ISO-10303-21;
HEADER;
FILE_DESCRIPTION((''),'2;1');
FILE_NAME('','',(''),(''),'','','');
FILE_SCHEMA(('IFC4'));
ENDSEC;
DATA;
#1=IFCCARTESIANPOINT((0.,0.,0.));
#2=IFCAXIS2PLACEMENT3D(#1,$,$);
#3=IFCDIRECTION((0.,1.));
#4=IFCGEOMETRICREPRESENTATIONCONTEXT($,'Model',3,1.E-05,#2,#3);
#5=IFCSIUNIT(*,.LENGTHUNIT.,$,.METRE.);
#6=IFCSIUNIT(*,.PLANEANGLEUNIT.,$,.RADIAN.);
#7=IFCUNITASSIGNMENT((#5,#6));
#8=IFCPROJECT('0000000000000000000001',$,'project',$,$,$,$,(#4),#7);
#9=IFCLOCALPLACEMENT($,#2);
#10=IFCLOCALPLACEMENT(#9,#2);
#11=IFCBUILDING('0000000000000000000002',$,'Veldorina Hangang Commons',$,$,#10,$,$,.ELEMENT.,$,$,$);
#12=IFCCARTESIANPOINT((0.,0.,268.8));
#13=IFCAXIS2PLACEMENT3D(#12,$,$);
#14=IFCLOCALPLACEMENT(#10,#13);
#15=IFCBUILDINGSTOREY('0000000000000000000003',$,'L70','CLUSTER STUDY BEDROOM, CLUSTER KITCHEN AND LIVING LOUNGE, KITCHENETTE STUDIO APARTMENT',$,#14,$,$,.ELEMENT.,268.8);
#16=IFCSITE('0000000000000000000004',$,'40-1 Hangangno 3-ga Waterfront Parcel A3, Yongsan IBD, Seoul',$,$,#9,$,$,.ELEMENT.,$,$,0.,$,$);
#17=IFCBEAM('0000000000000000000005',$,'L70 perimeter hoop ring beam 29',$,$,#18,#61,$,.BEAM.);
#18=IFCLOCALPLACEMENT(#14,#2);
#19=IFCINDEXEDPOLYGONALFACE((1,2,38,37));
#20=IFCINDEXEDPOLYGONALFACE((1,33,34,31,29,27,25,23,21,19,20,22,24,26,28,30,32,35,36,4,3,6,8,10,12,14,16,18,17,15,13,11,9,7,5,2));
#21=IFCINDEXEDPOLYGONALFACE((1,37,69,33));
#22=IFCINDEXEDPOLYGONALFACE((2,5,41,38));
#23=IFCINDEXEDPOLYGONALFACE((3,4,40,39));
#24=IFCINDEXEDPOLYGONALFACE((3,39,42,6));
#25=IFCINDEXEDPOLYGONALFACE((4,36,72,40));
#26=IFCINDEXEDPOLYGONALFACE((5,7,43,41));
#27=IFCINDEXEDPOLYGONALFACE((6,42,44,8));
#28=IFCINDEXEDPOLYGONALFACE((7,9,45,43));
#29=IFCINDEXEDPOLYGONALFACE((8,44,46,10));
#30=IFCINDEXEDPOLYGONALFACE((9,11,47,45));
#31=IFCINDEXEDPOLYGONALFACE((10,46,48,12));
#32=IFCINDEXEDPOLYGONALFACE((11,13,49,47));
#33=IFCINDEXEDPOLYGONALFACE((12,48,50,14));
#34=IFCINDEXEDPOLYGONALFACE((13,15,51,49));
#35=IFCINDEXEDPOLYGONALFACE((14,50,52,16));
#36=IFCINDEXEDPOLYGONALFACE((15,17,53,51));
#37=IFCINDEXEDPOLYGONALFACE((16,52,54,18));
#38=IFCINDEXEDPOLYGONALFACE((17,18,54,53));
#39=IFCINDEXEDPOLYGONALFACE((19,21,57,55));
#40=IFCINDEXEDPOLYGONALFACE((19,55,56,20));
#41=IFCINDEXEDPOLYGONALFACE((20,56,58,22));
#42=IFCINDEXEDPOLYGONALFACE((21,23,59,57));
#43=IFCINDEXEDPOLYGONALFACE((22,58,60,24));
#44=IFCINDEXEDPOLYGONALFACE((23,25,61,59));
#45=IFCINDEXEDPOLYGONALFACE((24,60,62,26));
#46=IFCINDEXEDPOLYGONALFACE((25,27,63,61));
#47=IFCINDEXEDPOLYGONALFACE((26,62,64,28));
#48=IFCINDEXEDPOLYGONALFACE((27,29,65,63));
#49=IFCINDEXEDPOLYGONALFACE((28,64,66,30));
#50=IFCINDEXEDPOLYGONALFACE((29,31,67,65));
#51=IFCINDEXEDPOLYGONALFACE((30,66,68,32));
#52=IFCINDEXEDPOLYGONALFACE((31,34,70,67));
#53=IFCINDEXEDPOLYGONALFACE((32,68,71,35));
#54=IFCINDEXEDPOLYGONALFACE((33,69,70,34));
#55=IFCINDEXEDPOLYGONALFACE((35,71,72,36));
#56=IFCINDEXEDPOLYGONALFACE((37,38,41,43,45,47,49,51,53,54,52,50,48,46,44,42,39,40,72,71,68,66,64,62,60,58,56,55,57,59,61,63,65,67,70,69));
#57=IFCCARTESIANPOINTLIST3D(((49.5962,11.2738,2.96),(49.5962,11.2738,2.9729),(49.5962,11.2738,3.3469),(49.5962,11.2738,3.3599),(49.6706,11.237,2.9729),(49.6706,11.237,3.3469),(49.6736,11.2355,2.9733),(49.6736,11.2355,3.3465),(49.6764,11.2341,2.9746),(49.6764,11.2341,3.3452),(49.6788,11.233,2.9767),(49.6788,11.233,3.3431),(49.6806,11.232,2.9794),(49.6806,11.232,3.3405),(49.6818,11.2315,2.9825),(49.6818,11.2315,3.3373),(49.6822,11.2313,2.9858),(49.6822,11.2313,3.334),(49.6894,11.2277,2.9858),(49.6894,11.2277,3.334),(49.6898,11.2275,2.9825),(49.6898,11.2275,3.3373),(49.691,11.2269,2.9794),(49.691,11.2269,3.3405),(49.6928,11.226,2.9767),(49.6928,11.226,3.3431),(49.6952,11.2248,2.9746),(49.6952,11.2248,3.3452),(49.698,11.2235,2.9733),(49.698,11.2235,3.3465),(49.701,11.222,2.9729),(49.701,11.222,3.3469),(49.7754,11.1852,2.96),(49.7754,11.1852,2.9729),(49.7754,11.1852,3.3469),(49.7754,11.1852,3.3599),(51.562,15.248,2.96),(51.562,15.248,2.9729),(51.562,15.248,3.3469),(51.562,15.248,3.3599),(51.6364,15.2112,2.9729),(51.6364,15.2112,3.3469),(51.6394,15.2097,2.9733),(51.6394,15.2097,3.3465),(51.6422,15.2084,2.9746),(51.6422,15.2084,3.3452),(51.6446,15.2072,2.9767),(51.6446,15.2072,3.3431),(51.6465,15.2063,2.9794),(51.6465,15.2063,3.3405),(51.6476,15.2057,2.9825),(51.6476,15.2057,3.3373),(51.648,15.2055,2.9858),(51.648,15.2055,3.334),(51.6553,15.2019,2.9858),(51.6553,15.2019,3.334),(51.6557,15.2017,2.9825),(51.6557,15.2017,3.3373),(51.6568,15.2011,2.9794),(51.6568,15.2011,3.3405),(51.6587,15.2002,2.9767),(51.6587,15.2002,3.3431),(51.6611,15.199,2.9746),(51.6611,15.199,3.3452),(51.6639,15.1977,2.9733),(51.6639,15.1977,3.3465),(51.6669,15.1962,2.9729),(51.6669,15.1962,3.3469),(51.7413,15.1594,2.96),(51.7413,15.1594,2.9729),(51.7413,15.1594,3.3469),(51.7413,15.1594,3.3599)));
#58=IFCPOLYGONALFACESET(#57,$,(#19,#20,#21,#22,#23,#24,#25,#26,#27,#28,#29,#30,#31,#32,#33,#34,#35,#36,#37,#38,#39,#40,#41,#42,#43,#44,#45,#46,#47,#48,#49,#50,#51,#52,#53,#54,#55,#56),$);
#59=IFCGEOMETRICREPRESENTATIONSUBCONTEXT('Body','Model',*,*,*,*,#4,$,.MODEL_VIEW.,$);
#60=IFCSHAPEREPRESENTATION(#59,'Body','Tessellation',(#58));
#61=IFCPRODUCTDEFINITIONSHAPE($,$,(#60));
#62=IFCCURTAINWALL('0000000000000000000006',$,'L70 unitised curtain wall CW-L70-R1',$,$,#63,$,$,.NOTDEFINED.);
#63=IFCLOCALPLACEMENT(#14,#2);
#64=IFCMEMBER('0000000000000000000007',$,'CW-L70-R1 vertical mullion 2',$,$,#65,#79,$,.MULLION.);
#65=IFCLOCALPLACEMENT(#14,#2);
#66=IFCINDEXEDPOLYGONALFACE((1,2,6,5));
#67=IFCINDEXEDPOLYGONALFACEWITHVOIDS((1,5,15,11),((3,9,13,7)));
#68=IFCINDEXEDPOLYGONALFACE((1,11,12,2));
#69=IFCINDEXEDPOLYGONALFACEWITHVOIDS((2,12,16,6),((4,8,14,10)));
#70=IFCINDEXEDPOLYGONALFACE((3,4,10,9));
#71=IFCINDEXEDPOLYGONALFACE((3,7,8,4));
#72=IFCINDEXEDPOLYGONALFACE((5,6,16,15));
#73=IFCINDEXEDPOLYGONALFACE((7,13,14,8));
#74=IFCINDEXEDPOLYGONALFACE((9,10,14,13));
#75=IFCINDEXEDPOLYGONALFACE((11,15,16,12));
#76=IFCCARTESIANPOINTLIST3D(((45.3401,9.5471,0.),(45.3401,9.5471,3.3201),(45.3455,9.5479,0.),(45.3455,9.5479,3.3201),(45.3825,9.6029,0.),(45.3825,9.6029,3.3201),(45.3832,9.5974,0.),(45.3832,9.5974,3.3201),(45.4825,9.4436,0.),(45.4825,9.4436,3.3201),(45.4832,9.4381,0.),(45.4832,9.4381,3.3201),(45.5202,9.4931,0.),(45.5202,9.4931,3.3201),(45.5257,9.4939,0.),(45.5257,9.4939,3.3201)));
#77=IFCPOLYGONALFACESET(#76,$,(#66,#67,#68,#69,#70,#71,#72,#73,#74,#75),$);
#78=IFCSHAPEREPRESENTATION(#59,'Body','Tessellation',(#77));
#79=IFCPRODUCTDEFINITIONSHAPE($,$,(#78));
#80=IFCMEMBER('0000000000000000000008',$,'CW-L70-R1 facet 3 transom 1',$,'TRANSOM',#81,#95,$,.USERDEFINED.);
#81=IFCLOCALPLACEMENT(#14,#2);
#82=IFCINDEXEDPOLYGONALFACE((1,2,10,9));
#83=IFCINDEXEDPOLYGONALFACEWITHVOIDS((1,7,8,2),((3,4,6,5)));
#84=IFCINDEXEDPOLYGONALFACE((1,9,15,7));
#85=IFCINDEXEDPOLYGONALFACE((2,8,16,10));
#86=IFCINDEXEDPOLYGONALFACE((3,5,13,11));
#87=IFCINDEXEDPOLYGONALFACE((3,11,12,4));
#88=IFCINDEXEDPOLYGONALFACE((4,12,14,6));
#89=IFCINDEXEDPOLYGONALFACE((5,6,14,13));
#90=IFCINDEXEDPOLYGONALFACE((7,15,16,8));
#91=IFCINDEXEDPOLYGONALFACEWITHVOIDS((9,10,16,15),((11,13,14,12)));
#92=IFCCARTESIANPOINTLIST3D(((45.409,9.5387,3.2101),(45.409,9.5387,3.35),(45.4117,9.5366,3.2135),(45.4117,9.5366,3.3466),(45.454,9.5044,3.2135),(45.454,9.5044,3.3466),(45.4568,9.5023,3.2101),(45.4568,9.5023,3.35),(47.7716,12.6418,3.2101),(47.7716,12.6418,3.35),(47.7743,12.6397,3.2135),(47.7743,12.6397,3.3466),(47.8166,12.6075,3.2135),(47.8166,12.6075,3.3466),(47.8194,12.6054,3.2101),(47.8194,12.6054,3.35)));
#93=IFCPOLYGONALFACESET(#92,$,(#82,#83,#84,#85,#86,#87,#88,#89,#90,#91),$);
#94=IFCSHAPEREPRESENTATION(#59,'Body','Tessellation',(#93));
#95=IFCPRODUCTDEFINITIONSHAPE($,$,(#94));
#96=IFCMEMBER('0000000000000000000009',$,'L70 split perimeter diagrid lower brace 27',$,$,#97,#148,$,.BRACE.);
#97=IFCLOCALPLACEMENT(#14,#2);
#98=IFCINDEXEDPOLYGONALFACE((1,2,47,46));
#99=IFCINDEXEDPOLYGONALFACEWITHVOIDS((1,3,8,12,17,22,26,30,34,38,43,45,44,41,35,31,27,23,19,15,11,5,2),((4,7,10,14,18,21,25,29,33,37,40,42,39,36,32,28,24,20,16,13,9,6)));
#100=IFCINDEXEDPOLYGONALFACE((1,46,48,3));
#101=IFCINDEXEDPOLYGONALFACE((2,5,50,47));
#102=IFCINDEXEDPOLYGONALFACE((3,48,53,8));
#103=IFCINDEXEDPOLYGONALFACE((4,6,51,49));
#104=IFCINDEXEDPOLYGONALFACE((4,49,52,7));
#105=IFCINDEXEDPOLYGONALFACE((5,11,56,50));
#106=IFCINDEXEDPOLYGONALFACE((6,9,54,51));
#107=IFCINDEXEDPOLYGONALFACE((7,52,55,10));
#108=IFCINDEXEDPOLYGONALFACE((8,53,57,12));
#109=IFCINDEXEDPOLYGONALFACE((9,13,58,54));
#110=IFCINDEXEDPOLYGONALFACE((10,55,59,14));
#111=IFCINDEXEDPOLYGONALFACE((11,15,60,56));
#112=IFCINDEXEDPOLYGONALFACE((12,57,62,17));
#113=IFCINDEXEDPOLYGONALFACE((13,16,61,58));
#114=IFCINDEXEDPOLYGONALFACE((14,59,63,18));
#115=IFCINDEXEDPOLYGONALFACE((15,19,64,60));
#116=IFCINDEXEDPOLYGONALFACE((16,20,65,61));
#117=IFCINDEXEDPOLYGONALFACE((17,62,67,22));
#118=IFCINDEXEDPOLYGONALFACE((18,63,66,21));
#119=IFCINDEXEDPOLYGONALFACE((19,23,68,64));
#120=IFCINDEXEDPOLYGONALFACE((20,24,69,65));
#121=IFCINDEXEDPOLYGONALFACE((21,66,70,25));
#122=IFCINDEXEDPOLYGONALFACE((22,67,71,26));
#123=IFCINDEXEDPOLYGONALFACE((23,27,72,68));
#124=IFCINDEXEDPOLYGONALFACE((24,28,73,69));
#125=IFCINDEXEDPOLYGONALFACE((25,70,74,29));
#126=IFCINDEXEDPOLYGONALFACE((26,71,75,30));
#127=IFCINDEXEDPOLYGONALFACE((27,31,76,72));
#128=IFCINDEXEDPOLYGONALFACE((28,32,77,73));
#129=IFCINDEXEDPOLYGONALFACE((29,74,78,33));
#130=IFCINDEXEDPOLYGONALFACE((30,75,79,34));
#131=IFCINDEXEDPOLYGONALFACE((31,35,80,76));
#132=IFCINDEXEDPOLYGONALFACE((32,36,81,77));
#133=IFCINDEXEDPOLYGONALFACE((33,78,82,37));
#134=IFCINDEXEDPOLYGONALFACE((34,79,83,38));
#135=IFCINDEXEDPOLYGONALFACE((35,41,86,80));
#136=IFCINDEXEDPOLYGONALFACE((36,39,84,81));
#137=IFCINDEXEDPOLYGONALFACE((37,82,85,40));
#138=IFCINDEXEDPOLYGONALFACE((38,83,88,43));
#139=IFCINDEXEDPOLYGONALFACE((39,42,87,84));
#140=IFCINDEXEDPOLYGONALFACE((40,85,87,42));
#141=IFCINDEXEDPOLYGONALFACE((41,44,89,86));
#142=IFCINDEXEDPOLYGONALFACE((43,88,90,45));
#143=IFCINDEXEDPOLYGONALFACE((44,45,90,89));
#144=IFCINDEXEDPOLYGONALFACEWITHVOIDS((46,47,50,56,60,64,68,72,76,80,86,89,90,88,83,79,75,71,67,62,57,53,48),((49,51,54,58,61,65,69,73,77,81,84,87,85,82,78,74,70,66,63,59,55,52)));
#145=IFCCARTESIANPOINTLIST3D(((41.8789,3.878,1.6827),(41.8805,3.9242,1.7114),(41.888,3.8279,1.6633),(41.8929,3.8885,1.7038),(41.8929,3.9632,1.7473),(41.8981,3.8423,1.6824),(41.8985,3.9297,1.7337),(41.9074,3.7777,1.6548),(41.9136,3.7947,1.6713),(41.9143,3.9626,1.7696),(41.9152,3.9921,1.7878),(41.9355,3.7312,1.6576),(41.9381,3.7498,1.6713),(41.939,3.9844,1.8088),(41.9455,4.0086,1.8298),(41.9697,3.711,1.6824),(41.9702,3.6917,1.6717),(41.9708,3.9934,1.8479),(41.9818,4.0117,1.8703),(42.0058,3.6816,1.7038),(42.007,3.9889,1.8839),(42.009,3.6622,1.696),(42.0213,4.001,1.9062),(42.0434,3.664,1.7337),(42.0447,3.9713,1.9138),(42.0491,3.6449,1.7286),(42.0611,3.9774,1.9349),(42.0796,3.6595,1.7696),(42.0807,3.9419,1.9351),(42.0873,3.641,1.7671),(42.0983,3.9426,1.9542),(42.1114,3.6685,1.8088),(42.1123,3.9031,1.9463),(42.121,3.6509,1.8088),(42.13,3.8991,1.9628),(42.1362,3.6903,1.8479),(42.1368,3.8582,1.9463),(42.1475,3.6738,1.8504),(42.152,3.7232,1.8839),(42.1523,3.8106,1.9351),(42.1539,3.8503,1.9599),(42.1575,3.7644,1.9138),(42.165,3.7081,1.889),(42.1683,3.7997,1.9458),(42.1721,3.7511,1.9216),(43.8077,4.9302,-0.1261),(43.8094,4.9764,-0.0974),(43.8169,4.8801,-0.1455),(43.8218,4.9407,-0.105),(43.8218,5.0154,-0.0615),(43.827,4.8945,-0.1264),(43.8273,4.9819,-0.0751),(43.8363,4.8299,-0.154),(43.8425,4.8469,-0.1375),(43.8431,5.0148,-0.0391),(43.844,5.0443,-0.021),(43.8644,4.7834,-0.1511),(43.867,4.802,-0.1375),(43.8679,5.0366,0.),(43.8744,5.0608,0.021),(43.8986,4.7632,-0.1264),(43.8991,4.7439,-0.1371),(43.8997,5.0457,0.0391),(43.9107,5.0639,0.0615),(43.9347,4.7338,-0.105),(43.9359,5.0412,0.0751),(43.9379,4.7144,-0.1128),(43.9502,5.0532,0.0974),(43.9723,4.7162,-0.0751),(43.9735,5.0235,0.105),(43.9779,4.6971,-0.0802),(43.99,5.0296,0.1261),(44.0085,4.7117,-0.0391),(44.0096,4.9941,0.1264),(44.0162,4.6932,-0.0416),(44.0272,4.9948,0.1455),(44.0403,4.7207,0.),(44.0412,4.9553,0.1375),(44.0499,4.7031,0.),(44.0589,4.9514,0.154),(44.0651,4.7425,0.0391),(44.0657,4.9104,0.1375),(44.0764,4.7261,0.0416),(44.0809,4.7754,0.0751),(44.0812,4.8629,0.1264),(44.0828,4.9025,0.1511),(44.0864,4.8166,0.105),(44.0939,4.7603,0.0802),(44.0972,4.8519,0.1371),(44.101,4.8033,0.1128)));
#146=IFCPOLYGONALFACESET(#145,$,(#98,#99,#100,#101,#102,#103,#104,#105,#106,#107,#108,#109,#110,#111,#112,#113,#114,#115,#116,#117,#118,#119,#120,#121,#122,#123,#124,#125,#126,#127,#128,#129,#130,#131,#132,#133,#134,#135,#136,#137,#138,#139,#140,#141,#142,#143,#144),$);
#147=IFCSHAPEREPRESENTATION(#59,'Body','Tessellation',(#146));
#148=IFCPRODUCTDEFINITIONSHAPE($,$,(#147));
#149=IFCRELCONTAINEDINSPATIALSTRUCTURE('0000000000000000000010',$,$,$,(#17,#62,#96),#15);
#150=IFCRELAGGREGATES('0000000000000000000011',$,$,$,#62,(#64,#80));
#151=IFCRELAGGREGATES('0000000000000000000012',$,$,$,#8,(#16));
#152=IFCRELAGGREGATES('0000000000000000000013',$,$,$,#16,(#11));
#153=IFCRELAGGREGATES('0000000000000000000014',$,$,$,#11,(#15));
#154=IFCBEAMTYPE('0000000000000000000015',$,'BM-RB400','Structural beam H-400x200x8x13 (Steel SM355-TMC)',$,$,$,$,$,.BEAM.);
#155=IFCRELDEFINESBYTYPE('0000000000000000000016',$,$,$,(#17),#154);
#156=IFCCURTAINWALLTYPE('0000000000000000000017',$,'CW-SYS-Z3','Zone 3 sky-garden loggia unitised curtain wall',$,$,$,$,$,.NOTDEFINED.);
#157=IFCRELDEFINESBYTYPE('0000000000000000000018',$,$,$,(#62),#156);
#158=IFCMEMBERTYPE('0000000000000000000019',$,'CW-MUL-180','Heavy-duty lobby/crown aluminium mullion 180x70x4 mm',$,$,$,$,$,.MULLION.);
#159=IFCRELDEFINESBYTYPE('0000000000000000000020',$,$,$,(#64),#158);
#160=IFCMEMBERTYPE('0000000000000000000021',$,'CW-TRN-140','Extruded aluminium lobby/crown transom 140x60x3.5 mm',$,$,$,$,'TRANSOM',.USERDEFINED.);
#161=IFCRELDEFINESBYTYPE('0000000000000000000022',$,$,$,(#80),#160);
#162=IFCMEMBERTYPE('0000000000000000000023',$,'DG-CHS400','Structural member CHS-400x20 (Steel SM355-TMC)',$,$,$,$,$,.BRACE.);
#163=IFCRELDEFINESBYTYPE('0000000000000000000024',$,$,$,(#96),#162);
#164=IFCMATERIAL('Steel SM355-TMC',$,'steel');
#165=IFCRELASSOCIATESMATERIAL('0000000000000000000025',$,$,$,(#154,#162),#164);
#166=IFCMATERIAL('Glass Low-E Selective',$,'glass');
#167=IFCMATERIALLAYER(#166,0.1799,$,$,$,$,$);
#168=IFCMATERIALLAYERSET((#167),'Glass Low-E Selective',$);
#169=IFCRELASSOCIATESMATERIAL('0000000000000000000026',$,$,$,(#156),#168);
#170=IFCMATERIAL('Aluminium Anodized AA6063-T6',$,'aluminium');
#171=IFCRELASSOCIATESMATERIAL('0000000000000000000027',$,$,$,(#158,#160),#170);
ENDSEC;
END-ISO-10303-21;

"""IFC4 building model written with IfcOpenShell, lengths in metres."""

from ifc_helpers import new_model, si_unit, direction, frame, origin, origin_2d, place, context, subcontext, project, spatial, hollow_rectangle, hollow_circle, i_section, extrude, material, layer, layer_set, material_profile, profile_set, type_object, element, aggregate, save


model = new_model("IFC4")

# Units and contexts
model_context = context("Model", 3, precision=1e-05, world=origin(), true_north=direction((0.0, 1.0)))
body_context = subcontext(model_context, "Body", "Model", "MODEL_VIEW")
ifc_project = project(units=[si_unit("LENGTHUNIT", "METRE"), si_unit("PLANEANGLEUNIT", "RADIAN")], contexts=[model_context])

# Site, building, storey
site_placement = place(None, origin())
site = spatial("IfcSite", under=ifc_project, at=site_placement, Name="40-1 Hangangno 3-ga Waterfront Parcel A3, Yongsan IBD, Seoul", CompositionType="ELEMENT", RefElevation=0.0)
building_placement = place(site_placement, origin())
building = spatial("IfcBuilding", under=site, at=building_placement, Name="Veldorina Hangang Commons", CompositionType="ELEMENT")
storey_placement = place(building_placement, frame((0.0, 0.0, 268.8)))
storey = spatial("IfcBuildingStorey", under=building, at=storey_placement, Name="L70", Description="CLUSTER STUDY BEDROOM, CLUSTER KITCHEN AND LIVING LOUNGE, KITCHENETTE STUDIO APARTMENT", CompositionType="ELEMENT", Elevation=268.8)

# Beam
ifc_material_1 = material(Name="Steel SM355-TMC", Category="steel")
ifc_material_profile_1 = material_profile(ifc_material_1, i_section(OverallWidth=0.2, OverallDepth=0.3999, WebThickness=0.0081, FlangeThickness=0.0129, FilletRadius=0.0129, at=origin_2d()), Name="H-400x200x8x13")
ifc_profile_set_1 = profile_set([ifc_material_profile_1], Name="Steel SM355-TMC")
beam_type_1 = type_object("IfcBeamType", Name="BM-RB400", Description="Structural beam H-400x200x8x13 (Steel SM355-TMC)", PredefinedType="BEAM", material=ifc_profile_set_1)
beam_1_placement = place(storey_placement, frame((49.6858, 11.2295, 3.1599), z_axis=(0.443377, 0.896335, 0.0), x_axis=(-0.896335, 0.443377, 0.0)))
element("IfcBeam", 1, at=beam_1_placement, inside=storey, type_object=beam_type_1, Name="L70 perimeter hoop ring beam 29", PredefinedType="BEAM", context=body_context, shape_type="SweptSolid", body=[
    extrude(i_section(OverallWidth=0.2, OverallDepth=0.3999, WebThickness=0.0081, FlangeThickness=0.0129, FilletRadius=0.0129, at=origin_2d()), origin(), (0.0, 0.0, 1.0), 4.4338),
])

# Curtain wall, members
ifc_material_2 = material(Name="Glass Low-E Selective", Category="glass")
ifc_layer_1 = layer(ifc_material_2, 0.1799)
ifc_layer_set_1 = layer_set([ifc_layer_1], Name="Glass Low-E Selective")
curtain_wall_type = type_object("IfcCurtainWallType", Name="CW-SYS-Z3", Description="Zone 3 sky-garden loggia unitised curtain wall", PredefinedType="NOTDEFINED", material=ifc_layer_set_1)
curtain_wall_placement = place(storey_placement, origin())
curtain_wall = element("IfcCurtainWall", 2, at=curtain_wall_placement, inside=storey, type_object=curtain_wall_type, Name="L70 unitised curtain wall CW-L70-R1", PredefinedType="NOTDEFINED")
ifc_material_3 = material(Name="Aluminium Anodized AA6063-T6", Category="aluminium")
ifc_material_profile_2 = material_profile(ifc_material_3, hollow_rectangle(XDim=0.0701, YDim=0.1799, WallThickness=0.0039, at=origin_2d()), Name="ALU-RHS-180x70x4")
ifc_profile_set_2 = profile_set([ifc_material_profile_2], Name="Aluminium Anodized AA6063-T6")
member_type_1 = type_object("IfcMemberType", Name="CW-MUL-180", Description="Heavy-duty lobby/crown aluminium mullion 180x70x4 mm", PredefinedType="MULLION", material=ifc_profile_set_2)
member_1_placement = place(storey_placement, frame((45.4329, 9.5205, 0.0), z_axis=(0.0, 0.0, 1.0), x_axis=(0.605766, 0.795643, 0.0)))
member_1 = element("IfcMember", 3, at=member_1_placement, type_object=member_type_1, Name="CW-L70-R1 vertical mullion 2", PredefinedType="MULLION", context=body_context, shape_type="SweptSolid", body=[
    extrude(hollow_rectangle(XDim=0.0701, YDim=0.1799, WallThickness=0.0039, at=origin_2d()), origin(), (0.0, 0.0, 1.0), 3.3201),
])
ifc_material_profile_3 = material_profile(ifc_material_3, hollow_rectangle(XDim=0.0601, YDim=0.1399, WallThickness=0.0034, at=origin_2d()), Name="ALU-RHS-140x60x3.5")
ifc_profile_set_3 = profile_set([ifc_material_profile_3], Name="Aluminium Anodized AA6063-T6")
member_type_2 = type_object("IfcMemberType", Name="CW-TRN-140", Description="Extruded aluminium lobby/crown transom 140x60x3.5 mm", ElementType="TRANSOM", PredefinedType="USERDEFINED", material=ifc_profile_set_3)
member_2_placement = place(storey_placement, frame((45.4329, 9.5205, 3.28), z_axis=(0.605773, 0.795637, 0.0), x_axis=(-0.795637, 0.605773, 0.0)))
member_2 = element("IfcMember", 4, at=member_2_placement, type_object=member_type_2, Name="CW-L70-R1 facet 3 transom 1", ObjectType="TRANSOM", PredefinedType="USERDEFINED", context=body_context, shape_type="SweptSolid", body=[
    extrude(hollow_rectangle(XDim=0.0601, YDim=0.1399, WallThickness=0.0034, at=origin_2d()), origin(), (0.0, 0.0, 1.0), 3.9001),
])

# Member
ifc_material_profile_4 = material_profile(ifc_material_1, hollow_circle(Radius=0.2, WallThickness=0.02, at=origin_2d()), Name="CHS-400x20")
ifc_profile_set_4 = profile_set([ifc_material_profile_4], Name="Steel SM355-TMC")
member_type_3 = type_object("IfcMemberType", Name="DG-CHS400", Description="Structural member CHS-400x20 (Steel SM355-TMC)", PredefinedType="BRACE", material=ifc_profile_set_4)
member_3_placement = place(storey_placement, frame((43.9541, 4.8787, 0.0), z_axis=(-0.677766, -0.369722, 0.635561), x_axis=(0.478883, -0.877879, 0.0)))
element("IfcMember", 5, at=member_3_placement, inside=storey, type_object=member_type_3, Name="L70 split perimeter diagrid lower brace 27", PredefinedType="BRACE", context=body_context, shape_type="SweptSolid", body=[
    extrude(hollow_circle(Radius=0.2, WallThickness=0.02, at=origin_2d()), origin(), (0.0, 0.0, 1.0), 2.8459),
])

aggregate(curtain_wall, [member_1, member_2])

save(model, "model.ifc")
